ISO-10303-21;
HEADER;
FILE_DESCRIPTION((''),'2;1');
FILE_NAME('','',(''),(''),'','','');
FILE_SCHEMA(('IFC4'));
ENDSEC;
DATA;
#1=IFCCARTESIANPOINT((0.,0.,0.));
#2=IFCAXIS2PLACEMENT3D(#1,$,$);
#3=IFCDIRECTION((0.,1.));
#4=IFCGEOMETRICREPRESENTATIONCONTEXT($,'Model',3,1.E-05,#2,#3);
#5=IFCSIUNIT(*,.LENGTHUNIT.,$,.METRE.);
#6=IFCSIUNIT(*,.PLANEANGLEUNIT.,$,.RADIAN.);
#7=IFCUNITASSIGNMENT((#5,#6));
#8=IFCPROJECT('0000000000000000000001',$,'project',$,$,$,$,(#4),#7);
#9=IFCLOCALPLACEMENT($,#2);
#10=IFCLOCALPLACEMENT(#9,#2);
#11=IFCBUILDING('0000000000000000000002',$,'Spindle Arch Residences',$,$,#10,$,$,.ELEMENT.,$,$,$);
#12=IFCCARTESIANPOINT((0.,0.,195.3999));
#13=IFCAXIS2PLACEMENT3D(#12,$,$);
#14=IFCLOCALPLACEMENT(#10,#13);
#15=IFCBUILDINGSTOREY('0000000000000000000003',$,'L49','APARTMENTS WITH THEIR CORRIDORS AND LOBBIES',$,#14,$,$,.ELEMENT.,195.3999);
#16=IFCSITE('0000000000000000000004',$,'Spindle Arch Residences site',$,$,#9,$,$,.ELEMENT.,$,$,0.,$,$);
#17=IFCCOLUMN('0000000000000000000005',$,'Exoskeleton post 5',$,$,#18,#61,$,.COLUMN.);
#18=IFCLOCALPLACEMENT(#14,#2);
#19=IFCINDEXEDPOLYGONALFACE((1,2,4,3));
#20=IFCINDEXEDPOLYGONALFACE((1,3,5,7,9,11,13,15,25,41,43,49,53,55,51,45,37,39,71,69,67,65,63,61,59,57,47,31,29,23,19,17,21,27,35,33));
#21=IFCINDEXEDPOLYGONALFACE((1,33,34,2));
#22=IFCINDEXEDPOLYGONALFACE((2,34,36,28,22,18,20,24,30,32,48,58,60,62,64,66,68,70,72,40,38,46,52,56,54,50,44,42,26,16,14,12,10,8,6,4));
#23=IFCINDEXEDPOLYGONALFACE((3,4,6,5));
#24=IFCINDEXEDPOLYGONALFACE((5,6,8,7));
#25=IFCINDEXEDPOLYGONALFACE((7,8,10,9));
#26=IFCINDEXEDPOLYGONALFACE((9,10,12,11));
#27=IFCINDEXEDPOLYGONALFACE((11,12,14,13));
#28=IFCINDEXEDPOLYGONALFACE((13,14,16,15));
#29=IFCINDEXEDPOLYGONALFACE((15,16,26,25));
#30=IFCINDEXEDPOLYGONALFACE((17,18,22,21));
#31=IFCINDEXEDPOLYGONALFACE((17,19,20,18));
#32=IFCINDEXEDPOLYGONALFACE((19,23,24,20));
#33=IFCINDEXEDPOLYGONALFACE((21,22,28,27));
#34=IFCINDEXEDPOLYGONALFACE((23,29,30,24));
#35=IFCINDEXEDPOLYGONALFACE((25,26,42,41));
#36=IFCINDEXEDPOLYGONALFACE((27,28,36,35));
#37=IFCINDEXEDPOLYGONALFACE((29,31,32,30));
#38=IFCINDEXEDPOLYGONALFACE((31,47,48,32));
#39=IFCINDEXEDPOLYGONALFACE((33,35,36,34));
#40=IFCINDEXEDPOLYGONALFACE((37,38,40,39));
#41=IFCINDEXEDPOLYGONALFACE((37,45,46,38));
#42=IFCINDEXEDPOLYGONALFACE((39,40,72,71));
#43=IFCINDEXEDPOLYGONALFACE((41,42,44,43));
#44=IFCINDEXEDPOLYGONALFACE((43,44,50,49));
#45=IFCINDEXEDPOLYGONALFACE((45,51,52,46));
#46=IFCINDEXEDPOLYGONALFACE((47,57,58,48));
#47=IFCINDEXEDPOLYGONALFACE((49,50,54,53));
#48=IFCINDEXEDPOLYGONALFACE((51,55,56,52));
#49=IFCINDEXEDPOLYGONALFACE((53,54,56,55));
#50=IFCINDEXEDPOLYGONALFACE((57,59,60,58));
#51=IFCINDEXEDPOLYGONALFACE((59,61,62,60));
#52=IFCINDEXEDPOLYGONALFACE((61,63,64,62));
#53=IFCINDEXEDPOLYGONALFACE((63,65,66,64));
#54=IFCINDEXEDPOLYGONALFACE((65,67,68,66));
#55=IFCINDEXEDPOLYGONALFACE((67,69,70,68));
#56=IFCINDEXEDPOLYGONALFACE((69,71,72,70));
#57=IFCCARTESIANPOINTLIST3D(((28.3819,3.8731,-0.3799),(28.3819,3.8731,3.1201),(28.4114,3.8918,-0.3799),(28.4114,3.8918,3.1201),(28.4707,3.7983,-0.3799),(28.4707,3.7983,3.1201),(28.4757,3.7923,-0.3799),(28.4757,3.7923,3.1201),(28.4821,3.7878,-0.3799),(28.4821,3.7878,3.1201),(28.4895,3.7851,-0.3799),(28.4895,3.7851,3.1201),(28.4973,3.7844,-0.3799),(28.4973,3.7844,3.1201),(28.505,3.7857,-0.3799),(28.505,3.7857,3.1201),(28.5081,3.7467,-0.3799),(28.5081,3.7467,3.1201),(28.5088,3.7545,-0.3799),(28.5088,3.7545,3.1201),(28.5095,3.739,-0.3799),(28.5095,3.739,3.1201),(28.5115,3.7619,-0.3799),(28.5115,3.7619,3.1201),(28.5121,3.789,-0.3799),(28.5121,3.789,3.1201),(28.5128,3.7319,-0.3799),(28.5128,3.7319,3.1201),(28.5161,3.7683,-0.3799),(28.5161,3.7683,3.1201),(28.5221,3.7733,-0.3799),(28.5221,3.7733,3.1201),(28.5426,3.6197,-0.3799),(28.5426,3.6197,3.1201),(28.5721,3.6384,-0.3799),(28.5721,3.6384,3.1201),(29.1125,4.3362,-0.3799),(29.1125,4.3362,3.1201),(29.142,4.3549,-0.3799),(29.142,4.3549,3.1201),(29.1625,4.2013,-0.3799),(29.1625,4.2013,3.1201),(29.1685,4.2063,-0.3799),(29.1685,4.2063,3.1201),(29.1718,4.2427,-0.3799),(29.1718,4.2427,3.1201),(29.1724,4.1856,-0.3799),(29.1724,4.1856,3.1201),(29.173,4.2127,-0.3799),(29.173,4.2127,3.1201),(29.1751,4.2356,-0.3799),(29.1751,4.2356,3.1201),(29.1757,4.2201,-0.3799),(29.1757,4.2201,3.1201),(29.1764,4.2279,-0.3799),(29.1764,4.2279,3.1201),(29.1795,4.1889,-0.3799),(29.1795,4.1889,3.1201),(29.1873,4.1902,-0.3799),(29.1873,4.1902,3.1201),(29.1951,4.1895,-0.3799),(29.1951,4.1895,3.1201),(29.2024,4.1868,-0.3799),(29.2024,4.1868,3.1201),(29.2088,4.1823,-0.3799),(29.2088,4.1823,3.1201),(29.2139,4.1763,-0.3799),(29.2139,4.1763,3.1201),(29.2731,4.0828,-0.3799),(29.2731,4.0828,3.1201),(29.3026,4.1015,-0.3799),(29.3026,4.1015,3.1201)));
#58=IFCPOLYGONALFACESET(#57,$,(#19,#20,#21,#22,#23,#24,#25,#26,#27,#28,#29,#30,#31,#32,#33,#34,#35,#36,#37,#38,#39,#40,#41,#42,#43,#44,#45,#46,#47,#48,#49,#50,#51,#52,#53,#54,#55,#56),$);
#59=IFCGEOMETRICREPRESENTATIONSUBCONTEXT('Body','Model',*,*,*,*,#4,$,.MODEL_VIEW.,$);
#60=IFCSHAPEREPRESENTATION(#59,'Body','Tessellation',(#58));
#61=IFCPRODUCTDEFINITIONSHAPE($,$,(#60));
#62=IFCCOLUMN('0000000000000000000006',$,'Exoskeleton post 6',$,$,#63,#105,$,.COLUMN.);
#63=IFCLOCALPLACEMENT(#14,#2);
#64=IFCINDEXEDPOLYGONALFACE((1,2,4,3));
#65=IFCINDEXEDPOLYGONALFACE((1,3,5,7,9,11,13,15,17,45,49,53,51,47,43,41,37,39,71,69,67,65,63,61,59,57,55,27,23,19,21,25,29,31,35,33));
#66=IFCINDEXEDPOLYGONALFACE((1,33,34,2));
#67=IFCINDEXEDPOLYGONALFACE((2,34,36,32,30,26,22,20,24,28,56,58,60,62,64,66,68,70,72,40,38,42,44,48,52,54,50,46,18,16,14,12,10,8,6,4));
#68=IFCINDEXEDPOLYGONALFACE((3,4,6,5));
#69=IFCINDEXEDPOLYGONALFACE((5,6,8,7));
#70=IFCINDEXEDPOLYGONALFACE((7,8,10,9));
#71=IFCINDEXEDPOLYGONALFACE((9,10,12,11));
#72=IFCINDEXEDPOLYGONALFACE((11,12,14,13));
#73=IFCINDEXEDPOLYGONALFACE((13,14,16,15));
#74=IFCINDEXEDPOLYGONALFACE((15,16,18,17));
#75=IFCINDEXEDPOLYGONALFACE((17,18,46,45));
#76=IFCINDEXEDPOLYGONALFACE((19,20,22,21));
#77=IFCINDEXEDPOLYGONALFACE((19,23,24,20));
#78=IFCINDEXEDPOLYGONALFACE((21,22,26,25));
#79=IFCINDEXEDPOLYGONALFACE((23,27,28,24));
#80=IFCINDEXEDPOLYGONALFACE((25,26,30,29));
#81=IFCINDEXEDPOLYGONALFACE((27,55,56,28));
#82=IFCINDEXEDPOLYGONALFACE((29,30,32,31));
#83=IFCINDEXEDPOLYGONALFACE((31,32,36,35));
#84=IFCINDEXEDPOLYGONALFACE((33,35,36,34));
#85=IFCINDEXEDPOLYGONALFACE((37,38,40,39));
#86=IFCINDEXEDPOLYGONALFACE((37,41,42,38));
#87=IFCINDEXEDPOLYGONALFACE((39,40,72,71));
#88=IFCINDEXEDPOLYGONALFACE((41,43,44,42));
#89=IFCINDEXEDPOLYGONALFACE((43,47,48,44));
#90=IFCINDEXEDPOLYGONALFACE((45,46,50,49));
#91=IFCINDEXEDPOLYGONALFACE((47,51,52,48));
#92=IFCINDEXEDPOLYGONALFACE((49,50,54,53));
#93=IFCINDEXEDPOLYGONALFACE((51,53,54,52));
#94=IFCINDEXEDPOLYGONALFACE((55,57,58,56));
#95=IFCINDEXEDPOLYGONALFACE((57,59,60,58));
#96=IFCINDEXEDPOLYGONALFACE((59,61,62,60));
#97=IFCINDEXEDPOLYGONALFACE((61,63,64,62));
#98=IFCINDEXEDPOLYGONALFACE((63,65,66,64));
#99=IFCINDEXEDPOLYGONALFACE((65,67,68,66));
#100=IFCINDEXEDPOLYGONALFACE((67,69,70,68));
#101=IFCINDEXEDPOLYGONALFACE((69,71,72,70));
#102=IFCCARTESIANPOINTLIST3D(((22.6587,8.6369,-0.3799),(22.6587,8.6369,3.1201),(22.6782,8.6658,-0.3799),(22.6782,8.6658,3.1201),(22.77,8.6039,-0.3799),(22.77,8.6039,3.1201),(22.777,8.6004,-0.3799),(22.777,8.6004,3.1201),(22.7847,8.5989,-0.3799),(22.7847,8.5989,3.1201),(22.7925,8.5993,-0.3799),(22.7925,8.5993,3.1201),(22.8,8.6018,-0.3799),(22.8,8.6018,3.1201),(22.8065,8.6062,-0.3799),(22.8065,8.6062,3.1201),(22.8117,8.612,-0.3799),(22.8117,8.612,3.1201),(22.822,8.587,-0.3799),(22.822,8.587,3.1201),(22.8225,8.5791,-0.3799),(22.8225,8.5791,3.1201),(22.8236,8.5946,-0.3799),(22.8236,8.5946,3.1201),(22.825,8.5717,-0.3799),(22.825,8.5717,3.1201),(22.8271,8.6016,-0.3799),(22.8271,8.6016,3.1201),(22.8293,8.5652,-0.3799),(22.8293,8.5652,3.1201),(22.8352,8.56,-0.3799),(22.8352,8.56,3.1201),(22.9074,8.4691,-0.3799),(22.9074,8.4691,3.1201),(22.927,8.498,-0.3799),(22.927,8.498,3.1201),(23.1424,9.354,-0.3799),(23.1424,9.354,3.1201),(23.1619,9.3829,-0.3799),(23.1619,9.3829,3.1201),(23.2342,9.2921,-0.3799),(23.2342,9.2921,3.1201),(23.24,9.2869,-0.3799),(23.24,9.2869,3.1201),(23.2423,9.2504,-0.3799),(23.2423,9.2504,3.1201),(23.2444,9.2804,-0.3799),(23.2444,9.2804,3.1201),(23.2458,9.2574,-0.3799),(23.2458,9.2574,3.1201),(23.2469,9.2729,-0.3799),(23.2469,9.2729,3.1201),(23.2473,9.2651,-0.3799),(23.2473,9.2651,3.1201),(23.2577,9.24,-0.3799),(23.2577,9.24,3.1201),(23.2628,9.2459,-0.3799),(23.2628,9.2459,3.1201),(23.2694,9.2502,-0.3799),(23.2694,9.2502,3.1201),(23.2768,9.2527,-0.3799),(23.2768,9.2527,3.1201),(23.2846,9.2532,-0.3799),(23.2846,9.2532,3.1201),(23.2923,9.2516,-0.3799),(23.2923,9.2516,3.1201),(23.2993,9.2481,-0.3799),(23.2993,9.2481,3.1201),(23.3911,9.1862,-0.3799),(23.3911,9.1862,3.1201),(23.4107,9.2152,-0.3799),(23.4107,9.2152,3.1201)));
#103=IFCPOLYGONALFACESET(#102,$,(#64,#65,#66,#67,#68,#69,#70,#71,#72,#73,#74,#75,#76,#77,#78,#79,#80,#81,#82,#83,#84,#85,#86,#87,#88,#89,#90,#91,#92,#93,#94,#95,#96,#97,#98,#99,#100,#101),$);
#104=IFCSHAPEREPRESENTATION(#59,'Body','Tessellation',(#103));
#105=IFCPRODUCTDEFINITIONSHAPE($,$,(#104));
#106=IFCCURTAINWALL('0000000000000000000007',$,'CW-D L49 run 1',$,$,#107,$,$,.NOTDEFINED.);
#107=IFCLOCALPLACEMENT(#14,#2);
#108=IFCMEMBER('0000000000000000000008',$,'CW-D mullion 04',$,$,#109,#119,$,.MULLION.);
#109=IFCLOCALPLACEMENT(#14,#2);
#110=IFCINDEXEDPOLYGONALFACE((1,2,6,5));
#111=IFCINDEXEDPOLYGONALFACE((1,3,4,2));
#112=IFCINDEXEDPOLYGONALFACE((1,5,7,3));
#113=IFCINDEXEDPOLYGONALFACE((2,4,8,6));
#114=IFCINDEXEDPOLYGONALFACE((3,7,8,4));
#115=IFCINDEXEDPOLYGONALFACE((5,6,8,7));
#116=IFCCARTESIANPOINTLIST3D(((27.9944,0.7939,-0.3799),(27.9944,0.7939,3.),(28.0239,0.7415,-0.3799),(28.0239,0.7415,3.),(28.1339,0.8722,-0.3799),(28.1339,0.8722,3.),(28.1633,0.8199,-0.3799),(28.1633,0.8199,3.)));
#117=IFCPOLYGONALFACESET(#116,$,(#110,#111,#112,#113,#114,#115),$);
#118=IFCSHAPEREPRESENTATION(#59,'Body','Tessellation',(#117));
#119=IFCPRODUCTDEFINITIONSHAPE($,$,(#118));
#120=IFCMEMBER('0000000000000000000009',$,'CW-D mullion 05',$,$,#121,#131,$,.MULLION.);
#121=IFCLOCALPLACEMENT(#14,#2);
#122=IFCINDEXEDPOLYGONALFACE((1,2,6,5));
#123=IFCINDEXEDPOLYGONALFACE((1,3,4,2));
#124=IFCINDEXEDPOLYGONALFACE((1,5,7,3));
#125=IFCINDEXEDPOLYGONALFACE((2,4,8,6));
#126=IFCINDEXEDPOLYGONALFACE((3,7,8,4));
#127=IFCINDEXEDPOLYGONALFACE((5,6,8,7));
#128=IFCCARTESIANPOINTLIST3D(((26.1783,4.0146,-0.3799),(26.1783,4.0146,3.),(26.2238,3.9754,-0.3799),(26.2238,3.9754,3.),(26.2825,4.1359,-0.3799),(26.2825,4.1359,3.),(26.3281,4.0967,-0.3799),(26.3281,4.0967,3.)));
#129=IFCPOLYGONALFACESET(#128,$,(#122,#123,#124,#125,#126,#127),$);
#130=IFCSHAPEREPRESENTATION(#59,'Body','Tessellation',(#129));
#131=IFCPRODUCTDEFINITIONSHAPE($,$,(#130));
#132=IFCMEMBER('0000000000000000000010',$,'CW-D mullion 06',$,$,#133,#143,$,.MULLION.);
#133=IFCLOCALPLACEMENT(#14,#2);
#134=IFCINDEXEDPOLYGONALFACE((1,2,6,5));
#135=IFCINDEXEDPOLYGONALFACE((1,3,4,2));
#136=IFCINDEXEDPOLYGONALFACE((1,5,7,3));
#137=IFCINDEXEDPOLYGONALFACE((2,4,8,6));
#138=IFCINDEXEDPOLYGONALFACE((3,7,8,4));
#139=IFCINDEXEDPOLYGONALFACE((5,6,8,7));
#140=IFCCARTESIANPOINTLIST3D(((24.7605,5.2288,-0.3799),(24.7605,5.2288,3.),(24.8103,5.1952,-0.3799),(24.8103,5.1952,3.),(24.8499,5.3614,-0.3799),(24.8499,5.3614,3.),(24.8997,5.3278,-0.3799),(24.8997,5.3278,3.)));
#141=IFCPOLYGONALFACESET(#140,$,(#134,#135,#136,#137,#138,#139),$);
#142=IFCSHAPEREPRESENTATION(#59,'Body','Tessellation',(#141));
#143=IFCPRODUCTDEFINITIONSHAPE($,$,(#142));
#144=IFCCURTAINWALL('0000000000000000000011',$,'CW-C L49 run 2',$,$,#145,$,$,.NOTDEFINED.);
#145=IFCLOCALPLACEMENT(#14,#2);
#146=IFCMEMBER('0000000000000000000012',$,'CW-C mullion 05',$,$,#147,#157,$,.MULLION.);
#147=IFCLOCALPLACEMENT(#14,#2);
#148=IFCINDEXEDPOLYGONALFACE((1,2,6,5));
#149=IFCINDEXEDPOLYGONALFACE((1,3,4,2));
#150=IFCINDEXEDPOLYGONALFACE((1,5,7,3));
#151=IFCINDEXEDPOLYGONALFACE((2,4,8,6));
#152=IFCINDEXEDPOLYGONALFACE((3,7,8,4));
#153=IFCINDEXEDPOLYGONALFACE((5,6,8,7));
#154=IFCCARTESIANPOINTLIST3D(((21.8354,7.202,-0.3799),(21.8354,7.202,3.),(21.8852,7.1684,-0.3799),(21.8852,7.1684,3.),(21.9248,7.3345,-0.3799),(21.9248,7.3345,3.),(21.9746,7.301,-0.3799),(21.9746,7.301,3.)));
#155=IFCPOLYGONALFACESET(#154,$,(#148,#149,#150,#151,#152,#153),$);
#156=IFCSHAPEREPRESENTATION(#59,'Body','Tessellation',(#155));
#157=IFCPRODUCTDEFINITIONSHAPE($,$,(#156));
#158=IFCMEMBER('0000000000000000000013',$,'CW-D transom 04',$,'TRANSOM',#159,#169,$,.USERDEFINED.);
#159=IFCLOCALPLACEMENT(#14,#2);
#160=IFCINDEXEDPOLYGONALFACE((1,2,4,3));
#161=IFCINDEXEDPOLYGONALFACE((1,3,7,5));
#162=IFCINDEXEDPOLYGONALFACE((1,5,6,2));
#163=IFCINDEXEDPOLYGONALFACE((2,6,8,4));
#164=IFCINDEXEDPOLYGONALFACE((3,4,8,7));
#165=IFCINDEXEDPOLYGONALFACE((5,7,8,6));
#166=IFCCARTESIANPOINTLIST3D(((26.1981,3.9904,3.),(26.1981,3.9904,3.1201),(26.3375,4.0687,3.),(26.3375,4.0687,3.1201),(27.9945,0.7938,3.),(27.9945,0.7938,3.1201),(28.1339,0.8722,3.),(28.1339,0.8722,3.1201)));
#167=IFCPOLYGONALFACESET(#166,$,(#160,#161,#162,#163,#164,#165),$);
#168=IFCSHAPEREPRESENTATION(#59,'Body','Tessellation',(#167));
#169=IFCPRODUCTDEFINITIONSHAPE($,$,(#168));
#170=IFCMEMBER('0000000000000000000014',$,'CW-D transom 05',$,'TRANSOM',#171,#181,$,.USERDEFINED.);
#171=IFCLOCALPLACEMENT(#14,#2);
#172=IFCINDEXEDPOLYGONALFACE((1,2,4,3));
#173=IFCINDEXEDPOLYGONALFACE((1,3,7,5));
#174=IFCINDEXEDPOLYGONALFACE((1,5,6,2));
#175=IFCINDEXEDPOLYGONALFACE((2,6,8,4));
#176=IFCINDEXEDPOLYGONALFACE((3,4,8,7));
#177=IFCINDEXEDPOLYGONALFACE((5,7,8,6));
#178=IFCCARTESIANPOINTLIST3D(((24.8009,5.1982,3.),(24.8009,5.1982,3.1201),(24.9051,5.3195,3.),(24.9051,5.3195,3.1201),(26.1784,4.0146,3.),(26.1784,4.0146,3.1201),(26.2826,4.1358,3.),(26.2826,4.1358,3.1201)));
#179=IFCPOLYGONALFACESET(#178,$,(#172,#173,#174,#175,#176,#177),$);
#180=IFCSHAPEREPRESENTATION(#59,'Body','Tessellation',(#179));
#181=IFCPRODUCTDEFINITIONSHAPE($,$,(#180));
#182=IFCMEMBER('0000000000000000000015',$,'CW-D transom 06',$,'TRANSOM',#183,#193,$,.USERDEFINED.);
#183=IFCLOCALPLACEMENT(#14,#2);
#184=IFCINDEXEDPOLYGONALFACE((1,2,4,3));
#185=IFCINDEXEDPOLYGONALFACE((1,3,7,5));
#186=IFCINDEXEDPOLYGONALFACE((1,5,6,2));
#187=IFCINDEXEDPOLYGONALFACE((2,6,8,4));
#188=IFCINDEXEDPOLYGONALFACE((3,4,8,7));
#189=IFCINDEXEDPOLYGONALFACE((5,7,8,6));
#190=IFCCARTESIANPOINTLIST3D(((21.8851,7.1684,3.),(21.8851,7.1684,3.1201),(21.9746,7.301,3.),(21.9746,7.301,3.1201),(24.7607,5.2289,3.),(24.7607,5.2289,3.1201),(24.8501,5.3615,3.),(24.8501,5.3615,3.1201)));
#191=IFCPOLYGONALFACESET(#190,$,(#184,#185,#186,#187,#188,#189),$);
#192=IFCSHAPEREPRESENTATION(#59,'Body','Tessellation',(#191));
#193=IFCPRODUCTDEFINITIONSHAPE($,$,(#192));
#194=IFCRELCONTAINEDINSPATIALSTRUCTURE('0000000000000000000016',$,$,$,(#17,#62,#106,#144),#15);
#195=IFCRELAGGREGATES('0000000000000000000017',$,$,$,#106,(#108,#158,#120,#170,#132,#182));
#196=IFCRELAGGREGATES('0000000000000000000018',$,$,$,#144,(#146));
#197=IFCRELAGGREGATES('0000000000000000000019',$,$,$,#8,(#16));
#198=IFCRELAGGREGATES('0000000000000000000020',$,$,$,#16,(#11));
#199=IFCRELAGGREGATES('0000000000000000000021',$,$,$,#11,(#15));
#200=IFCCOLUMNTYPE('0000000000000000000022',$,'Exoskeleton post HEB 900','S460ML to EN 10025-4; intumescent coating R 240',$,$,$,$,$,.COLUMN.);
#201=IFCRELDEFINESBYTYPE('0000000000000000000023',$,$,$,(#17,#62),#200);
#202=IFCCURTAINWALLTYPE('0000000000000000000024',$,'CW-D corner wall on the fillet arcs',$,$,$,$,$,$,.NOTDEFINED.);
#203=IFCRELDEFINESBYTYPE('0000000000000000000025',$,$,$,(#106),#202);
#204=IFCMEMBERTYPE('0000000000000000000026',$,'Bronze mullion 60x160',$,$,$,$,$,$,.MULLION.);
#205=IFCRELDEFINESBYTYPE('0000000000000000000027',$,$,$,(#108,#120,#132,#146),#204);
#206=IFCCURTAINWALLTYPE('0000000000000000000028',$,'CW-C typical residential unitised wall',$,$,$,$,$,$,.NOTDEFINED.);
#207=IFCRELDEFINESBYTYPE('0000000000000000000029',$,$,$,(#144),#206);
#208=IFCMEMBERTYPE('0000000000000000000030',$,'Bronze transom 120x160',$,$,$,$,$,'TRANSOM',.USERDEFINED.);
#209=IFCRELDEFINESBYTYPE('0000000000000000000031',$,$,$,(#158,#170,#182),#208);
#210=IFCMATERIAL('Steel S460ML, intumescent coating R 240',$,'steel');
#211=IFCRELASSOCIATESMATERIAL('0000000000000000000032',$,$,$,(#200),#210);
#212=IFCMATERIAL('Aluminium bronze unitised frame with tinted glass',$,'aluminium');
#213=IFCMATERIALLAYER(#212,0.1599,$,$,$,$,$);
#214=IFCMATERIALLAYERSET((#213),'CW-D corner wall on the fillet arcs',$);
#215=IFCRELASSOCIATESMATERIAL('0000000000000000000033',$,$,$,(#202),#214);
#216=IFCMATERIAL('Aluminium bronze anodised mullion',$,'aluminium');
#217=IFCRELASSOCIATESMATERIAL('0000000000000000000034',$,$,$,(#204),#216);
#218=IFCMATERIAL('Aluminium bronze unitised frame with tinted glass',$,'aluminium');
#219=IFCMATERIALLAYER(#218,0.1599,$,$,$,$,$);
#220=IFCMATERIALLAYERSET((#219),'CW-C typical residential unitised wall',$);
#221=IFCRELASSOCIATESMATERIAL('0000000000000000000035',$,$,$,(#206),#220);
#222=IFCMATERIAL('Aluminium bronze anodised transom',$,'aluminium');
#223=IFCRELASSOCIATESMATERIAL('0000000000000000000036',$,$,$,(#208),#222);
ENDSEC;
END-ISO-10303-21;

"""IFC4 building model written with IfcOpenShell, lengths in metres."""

from ifc_helpers import new_model, si_unit, direction, frame, origin, origin_2d, place, context, subcontext, project, spatial, rectangle, i_section, extrude, material, layer, layer_set, material_profile, profile_set, type_object, element, aggregate, save


model = new_model("IFC4")

# Units and contexts
model_context = context("Model", 3, precision=1e-05, world=origin(), true_north=direction((0.0, 1.0)))
body_context = subcontext(model_context, "Body", "Model", "MODEL_VIEW")
ifc_project = project(units=[si_unit("LENGTHUNIT", "METRE"), si_unit("PLANEANGLEUNIT", "RADIAN")], contexts=[model_context])

# Site, building, storey
site_placement = place(None, origin())
site = spatial("IfcSite", under=ifc_project, at=site_placement, Name="Spindle Arch Residences site", CompositionType="ELEMENT", RefElevation=0.0)
building_placement = place(site_placement, origin())
building = spatial("IfcBuilding", under=site, at=building_placement, Name="Spindle Arch Residences", CompositionType="ELEMENT")
storey_placement = place(building_placement, frame((0.0, 0.0, 195.3999)))
storey = spatial("IfcBuildingStorey", under=building, at=storey_placement, Name="L49", Description="APARTMENTS WITH THEIR CORRIDORS AND LOBBIES", CompositionType="ELEMENT", Elevation=195.3999)

# Columns
ifc_material_1 = material(Name="Steel S460ML, intumescent coating R 240", Category="steel")
ifc_material_profile_1 = material_profile(ifc_material_1, i_section(OverallWidth=0.3, OverallDepth=0.8999, WebThickness=0.0186, FlangeThickness=0.0349, FilletRadius=0.03, at=origin_2d()), Name="HEB 900")
ifc_profile_set_1 = profile_set([ifc_material_profile_1], Name="Steel S460ML, intumescent coating R 240")
column_type = type_object("IfcColumnType", Name="Exoskeleton post HEB 900", Description="S460ML to EN 10025-4; intumescent coating R 240", PredefinedType="COLUMN", material=ifc_profile_set_1)
for number, where, z_axis, x_axis, name in (
    (1, (28.8423, 3.9873, -0.3799), (0.0, 0.0, 1.0), (0.5354, -0.844598, 0.0), "Exoskeleton post 5"),
    (2, (23.0347, 8.926, -0.3799), (0.0, 0.0, 1.0), (0.829038, -0.559193, 0.0), "Exoskeleton post 6"),
):
    element("IfcColumn", number, at=place(storey_placement, frame(where, z_axis=z_axis, x_axis=x_axis)), inside=storey, type_object=column_type, Name=name, PredefinedType="COLUMN", context=body_context, shape_type="SweptSolid", body=[
        extrude(i_section(OverallWidth=0.3, OverallDepth=0.8999, WebThickness=0.0186, FlangeThickness=0.0349, FilletRadius=0.03, at=origin_2d()), origin(), (0.0, 0.0, 1.0), 3.5),
    ])

# Curtain wall, members
ifc_material_2 = material(Name="Aluminium bronze unitised frame with tinted glass", Category="aluminium")
ifc_layer_1 = layer(ifc_material_2, 0.1599)
ifc_layer_set_1 = layer_set([ifc_layer_1], Name="CW-D corner wall on the fillet arcs")
curtain_wall_type_1 = type_object("IfcCurtainWallType", Name="CW-D corner wall on the fillet arcs", PredefinedType="NOTDEFINED", material=ifc_layer_set_1)
curtain_wall_1_placement = place(storey_placement, origin())
curtain_wall_1 = element("IfcCurtainWall", 3, at=curtain_wall_1_placement, inside=storey, type_object=curtain_wall_type_1, Name="CW-D L49 run 1", PredefinedType="NOTDEFINED")
ifc_material_3 = material(Name="Aluminium bronze anodised mullion", Category="aluminium")
ifc_material_profile_2 = material_profile(ifc_material_3, rectangle(XDim=0.1599, YDim=0.0601, at=origin_2d()), Name="MU 60x160")
ifc_profile_set_2 = profile_set([ifc_material_profile_2], Name="Aluminium bronze anodised mullion")
member_type_1 = type_object("IfcMemberType", Name="Bronze mullion 60x160", PredefinedType="MULLION", material=ifc_profile_set_2)
member_1_placement = place(storey_placement, frame((28.0789, 0.8069, -0.3799), z_axis=(0.0, 0.0, 1.0), x_axis=(-0.871784, -0.48989, 0.0)))
member_1 = element("IfcMember", 4, at=member_1_placement, type_object=member_type_1, Name="CW-D mullion 04", PredefinedType="MULLION", context=body_context, shape_type="SweptSolid", body=[
    extrude(rectangle(XDim=0.1599, YDim=0.0601, at=origin_2d()), origin(), (0.0, 0.0, 1.0), 3.3799),
])
member_2_placement = place(storey_placement, frame((26.2532, 4.0557, -0.3799), z_axis=(0.0, 0.0, 1.0), x_axis=(-0.651657, -0.758514, 0.0)))
member_2 = element("IfcMember", 5, at=member_2_placement, type_object=member_type_1, Name="CW-D mullion 05", PredefinedType="MULLION", context=body_context, shape_type="SweptSolid", body=[
    extrude(rectangle(XDim=0.1599, YDim=0.0601, at=origin_2d()), origin(), (0.0, 0.0, 1.0), 3.3799),
])
member_3_placement = place(storey_placement, frame((24.8301, 5.2783, -0.3799), z_axis=(0.0, 0.0, 1.0), x_axis=(-0.559193, -0.829038, 0.0)))
member_3 = element("IfcMember", 6, at=member_3_placement, type_object=member_type_1, Name="CW-D mullion 06", PredefinedType="MULLION", context=body_context, shape_type="SweptSolid", body=[
    extrude(rectangle(XDim=0.1599, YDim=0.0601, at=origin_2d()), origin(), (0.0, 0.0, 1.0), 3.3799),
])

# Curtain wall, member
ifc_material_4 = material(Name="Aluminium bronze unitised frame with tinted glass", Category="aluminium")
ifc_layer_2 = layer(ifc_material_4, 0.1599)
ifc_layer_set_2 = layer_set([ifc_layer_2], Name="CW-C typical residential unitised wall")
curtain_wall_type_2 = type_object("IfcCurtainWallType", Name="CW-C typical residential unitised wall", PredefinedType="NOTDEFINED", material=ifc_layer_set_2)
curtain_wall_2_placement = place(storey_placement, origin())
curtain_wall_2 = element("IfcCurtainWall", 7, at=curtain_wall_2_placement, inside=storey, type_object=curtain_wall_type_2, Name="CW-C L49 run 2", PredefinedType="NOTDEFINED")
member_4_placement = place(storey_placement, frame((21.905, 7.2515, -0.3799), z_axis=(0.0, 0.0, 1.0), x_axis=(-0.559193, -0.829038, 0.0)))
member_4 = element("IfcMember", 8, at=member_4_placement, type_object=member_type_1, Name="CW-C mullion 05", PredefinedType="MULLION", context=body_context, shape_type="SweptSolid", body=[
    extrude(rectangle(XDim=0.1599, YDim=0.0601, at=origin_2d()), origin(), (0.0, 0.0, 1.0), 3.3799),
])

# Members
ifc_material_5 = material(Name="Aluminium bronze anodised transom", Category="aluminium")
ifc_material_profile_3 = material_profile(ifc_material_5, rectangle(XDim=0.1599, YDim=0.1201, at=origin_2d()), Name="TR 120x160")
ifc_profile_set_3 = profile_set([ifc_material_profile_3], Name="Aluminium bronze anodised transom")
member_type_2 = type_object("IfcMemberType", Name="Bronze transom 120x160", ElementType="TRANSOM", PredefinedType="USERDEFINED", material=ifc_profile_set_3)
member_5_placement = place(storey_placement, frame((28.0642, 0.833, 3.0601), z_axis=(-0.489917, 0.871769, 0.0), x_axis=(-0.871769, -0.489917, 0.0)))
member_5 = element("IfcMember", 9, at=member_5_placement, type_object=member_type_2, Name="CW-D transom 04", ObjectType="TRANSOM", PredefinedType="USERDEFINED", context=body_context, shape_type="SweptSolid", body=[
    extrude(rectangle(XDim=0.1599, YDim=0.1201, at=origin_2d()), origin(), (0.0, 0.0, 1.0), 3.6667),
])
member_6_placement = place(storey_placement, frame((26.2305, 4.0752, 3.0601), z_axis=(-0.758459, 0.651721, 0.0), x_axis=(-0.651721, -0.758459, 0.0)))
member_6 = element("IfcMember", 10, at=member_6_placement, type_object=member_type_2, Name="CW-D transom 05", ObjectType="TRANSOM", PredefinedType="USERDEFINED", context=body_context, shape_type="SweptSolid", body=[
    extrude(rectangle(XDim=0.1599, YDim=0.1201, at=origin_2d()), origin(), (0.0, 0.0, 1.0), 1.8162),
])
member_7_placement = place(storey_placement, frame((24.8054, 5.2952, 3.0601), z_axis=(-0.829049, 0.559175, 0.0), x_axis=(-0.559175, -0.829049, 0.0)))
member_7 = element("IfcMember", 11, at=member_7_placement, type_object=member_type_2, Name="CW-D transom 06", ObjectType="TRANSOM", PredefinedType="USERDEFINED", context=body_context, shape_type="SweptSolid", body=[
    extrude(rectangle(XDim=0.1599, YDim=0.1201, at=origin_2d()), origin(), (0.0, 0.0, 1.0), 3.4685),
])

aggregate(curtain_wall_1, [member_1, member_5, member_2, member_6, member_3, member_7])
aggregate(curtain_wall_2, [member_4])

save(model, "model.ifc")
